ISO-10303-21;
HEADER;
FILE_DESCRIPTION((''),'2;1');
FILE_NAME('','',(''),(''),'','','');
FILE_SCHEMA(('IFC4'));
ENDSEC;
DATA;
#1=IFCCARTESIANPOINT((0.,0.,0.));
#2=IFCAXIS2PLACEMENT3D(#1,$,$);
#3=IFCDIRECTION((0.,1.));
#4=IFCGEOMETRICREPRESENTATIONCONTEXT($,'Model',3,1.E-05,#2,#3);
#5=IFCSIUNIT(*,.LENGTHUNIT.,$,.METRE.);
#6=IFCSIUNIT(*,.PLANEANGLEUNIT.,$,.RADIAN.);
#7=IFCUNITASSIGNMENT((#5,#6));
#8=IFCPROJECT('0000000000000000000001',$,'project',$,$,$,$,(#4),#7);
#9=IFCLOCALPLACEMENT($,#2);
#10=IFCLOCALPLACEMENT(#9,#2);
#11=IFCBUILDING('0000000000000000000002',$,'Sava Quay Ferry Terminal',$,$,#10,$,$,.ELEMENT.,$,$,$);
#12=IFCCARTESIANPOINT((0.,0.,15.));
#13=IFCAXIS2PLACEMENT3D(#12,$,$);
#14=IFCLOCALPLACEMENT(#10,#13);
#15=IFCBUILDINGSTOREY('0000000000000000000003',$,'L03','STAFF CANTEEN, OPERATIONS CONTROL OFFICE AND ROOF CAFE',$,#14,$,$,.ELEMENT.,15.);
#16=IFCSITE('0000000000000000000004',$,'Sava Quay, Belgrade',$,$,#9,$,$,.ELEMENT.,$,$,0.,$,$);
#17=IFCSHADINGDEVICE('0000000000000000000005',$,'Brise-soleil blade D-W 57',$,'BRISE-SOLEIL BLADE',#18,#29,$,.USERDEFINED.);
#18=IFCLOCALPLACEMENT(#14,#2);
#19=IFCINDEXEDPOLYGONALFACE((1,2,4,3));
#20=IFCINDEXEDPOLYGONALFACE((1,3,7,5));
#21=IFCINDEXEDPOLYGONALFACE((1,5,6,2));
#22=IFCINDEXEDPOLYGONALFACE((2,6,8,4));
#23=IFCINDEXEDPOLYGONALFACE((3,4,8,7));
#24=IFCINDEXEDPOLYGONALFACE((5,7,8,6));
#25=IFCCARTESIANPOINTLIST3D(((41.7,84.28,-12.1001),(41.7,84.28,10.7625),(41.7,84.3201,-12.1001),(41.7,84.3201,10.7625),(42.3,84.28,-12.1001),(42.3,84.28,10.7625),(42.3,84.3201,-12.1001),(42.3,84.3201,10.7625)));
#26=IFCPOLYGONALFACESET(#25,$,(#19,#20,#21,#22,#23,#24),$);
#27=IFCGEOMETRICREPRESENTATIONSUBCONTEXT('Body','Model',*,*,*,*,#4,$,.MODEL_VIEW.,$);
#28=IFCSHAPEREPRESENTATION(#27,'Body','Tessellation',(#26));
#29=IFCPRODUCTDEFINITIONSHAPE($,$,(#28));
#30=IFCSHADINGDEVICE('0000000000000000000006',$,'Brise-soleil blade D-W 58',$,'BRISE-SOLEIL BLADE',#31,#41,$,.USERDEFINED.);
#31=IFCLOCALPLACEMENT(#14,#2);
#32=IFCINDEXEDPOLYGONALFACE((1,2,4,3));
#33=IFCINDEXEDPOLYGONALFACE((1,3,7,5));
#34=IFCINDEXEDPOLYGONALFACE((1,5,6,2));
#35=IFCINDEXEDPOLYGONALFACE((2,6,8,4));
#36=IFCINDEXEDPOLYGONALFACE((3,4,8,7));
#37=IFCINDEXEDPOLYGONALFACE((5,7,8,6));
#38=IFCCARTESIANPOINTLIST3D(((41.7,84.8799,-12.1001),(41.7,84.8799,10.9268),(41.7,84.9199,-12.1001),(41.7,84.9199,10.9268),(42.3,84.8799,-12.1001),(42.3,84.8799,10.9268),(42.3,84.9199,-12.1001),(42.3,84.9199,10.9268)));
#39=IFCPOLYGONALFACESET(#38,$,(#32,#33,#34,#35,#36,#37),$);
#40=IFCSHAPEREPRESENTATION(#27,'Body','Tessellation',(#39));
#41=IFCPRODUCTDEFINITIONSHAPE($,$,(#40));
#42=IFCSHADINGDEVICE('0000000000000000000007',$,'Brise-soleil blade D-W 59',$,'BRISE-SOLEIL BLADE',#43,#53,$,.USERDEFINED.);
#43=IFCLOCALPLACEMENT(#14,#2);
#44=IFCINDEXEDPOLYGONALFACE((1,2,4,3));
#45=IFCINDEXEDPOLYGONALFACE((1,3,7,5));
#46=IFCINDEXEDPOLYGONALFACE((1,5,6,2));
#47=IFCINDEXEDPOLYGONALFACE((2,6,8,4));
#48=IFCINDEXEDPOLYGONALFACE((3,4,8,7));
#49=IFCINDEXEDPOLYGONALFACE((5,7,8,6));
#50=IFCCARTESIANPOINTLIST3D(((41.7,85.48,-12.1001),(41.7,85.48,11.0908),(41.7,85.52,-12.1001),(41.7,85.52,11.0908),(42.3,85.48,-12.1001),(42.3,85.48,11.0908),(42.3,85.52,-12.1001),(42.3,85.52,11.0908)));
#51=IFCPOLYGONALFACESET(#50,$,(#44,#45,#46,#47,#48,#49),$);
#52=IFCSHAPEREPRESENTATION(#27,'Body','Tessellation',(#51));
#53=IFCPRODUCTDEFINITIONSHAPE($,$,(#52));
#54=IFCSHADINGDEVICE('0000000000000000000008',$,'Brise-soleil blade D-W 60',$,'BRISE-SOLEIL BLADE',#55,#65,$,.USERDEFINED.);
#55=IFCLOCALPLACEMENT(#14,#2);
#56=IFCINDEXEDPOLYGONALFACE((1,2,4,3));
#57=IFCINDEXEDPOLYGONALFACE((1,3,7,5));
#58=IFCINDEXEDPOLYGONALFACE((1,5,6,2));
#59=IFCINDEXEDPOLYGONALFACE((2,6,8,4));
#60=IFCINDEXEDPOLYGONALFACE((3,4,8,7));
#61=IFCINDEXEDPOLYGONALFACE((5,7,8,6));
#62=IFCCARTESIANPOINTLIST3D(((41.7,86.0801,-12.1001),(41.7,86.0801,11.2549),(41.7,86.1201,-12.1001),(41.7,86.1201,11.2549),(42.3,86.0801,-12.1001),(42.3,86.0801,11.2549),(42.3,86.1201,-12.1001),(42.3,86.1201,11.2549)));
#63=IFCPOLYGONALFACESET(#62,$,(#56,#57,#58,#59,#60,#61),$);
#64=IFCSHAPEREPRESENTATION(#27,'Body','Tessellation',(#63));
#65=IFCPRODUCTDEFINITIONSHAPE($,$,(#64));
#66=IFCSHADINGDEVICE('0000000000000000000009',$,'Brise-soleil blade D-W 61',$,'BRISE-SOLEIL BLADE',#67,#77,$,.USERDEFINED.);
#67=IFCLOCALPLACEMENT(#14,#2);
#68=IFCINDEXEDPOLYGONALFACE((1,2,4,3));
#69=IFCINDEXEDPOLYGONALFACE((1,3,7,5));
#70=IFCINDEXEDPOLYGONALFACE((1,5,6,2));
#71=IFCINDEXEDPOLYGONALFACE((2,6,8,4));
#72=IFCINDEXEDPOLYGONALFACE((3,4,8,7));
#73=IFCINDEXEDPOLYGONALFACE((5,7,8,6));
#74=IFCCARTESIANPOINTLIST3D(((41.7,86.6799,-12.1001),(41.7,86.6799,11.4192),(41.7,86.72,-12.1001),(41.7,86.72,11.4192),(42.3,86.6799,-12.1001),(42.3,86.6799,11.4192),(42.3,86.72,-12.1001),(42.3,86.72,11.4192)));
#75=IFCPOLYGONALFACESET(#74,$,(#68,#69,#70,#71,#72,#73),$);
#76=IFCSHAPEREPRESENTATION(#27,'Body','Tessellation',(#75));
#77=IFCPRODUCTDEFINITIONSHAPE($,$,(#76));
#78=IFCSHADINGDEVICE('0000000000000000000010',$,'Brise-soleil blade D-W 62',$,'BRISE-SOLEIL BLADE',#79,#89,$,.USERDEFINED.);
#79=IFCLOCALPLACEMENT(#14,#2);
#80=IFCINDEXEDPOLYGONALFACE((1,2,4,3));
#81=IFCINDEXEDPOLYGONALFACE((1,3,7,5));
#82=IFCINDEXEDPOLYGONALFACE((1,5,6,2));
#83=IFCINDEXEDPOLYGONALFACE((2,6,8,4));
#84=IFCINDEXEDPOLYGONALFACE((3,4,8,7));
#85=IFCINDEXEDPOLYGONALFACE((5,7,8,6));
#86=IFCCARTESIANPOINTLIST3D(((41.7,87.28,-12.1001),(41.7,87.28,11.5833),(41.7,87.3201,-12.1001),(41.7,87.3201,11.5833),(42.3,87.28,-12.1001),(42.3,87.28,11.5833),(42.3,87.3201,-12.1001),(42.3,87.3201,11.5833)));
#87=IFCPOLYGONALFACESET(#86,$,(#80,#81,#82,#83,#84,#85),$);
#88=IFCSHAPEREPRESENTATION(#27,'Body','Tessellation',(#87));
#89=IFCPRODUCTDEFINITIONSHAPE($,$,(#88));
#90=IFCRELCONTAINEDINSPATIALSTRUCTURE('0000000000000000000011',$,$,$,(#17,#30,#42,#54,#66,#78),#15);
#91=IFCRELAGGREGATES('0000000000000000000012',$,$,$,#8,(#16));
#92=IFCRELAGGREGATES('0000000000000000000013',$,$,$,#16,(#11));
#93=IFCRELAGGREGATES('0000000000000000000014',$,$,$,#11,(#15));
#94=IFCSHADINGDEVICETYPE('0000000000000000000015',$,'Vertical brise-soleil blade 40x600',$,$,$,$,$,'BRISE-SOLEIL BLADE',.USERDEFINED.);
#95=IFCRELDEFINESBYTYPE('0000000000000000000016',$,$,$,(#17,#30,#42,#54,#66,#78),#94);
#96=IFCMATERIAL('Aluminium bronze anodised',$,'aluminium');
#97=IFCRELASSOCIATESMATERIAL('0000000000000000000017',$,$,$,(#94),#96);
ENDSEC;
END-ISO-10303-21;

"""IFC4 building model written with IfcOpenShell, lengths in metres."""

from ifc_helpers import new_model, si_unit, direction, frame, origin, origin_2d, place, context, subcontext, project, spatial, rectangle, extrude, material, material_profile, profile_set, type_object, element, save


model = new_model("IFC4")

# Units and contexts
model_context = context("Model", 3, precision=1e-05, world=origin(), true_north=direction((0.0, 1.0)))
body_context = subcontext(model_context, "Body", "Model", "MODEL_VIEW")
ifc_project = project(units=[si_unit("LENGTHUNIT", "METRE"), si_unit("PLANEANGLEUNIT", "RADIAN")], contexts=[model_context])

# Site, building, storey
site_placement = place(None, origin())
site = spatial("IfcSite", under=ifc_project, at=site_placement, Name="Sava Quay, Belgrade", CompositionType="ELEMENT", RefElevation=0.0)
building_placement = place(site_placement, origin())
building = spatial("IfcBuilding", under=site, at=building_placement, Name="Sava Quay Ferry Terminal", CompositionType="ELEMENT")
storey_placement = place(building_placement, frame((0.0, 0.0, 15.0)))
storey = spatial("IfcBuildingStorey", under=building, at=storey_placement, Name="L03", Description="STAFF CANTEEN, OPERATIONS CONTROL OFFICE AND ROOF CAFE", CompositionType="ELEMENT", Elevation=15.0)

# Shading devices
ifc_material_1 = material(Name="Aluminium bronze anodised", Category="aluminium")
ifc_material_profile_1 = material_profile(ifc_material_1, rectangle(XDim=0.04, YDim=0.6001, at=origin_2d()), Name="Vertical brise-soleil blade 40x600")
ifc_profile_set_1 = profile_set([ifc_material_profile_1], Name="Aluminium bronze anodised")
shading_device_type = type_object("IfcShadingDeviceType", Name="Vertical brise-soleil blade 40x600", ElementType="BRISE-SOLEIL BLADE", PredefinedType="USERDEFINED", material=ifc_profile_set_1)
shading_device_1_placement = place(storey_placement, frame((42.0, 84.3, -12.1001), z_axis=(0.0, 0.0, 1.0), x_axis=(0.0, 1.0, 0.0)))
element("IfcShadingDevice", 1, at=shading_device_1_placement, inside=storey, type_object=shading_device_type, Name="Brise-soleil blade D-W 57", ObjectType="BRISE-SOLEIL BLADE", PredefinedType="USERDEFINED", context=body_context, shape_type="SweptSolid", body=[
    extrude(rectangle(XDim=0.04, YDim=0.6001, at=origin_2d()), origin(), (0.0, 0.0, 1.0), 22.8625),
])
shading_device_2_placement = place(storey_placement, frame((42.0, 84.8999, -12.1001), z_axis=(0.0, 0.0, 1.0), x_axis=(0.0, 1.0, 0.0)))
element("IfcShadingDevice", 2, at=shading_device_2_placement, inside=storey, type_object=shading_device_type, Name="Brise-soleil blade D-W 58", ObjectType="BRISE-SOLEIL BLADE", PredefinedType="USERDEFINED", context=body_context, shape_type="SweptSolid", body=[
    extrude(rectangle(XDim=0.04, YDim=0.6001, at=origin_2d()), origin(), (0.0, 0.0, 1.0), 23.0269),
])
shading_device_3_placement = place(storey_placement, frame((42.0, 85.5, -12.1001), z_axis=(0.0, 0.0, 1.0), x_axis=(0.0, 1.0, 0.0)))
element("IfcShadingDevice", 3, at=shading_device_3_placement, inside=storey, type_object=shading_device_type, Name="Brise-soleil blade D-W 59", ObjectType="BRISE-SOLEIL BLADE", PredefinedType="USERDEFINED", context=body_context, shape_type="SweptSolid", body=[
    extrude(rectangle(XDim=0.04, YDim=0.6001, at=origin_2d()), origin(), (0.0, 0.0, 1.0), 23.1909),
])
shading_device_4_placement = place(storey_placement, frame((42.0, 86.1001, -12.1001), z_axis=(0.0, 0.0, 1.0), x_axis=(0.0, 1.0, 0.0)))
element("IfcShadingDevice", 4, at=shading_device_4_placement, inside=storey, type_object=shading_device_type, Name="Brise-soleil blade D-W 60", ObjectType="BRISE-SOLEIL BLADE", PredefinedType="USERDEFINED", context=body_context, shape_type="SweptSolid", body=[
    extrude(rectangle(XDim=0.04, YDim=0.6001, at=origin_2d()), origin(), (0.0, 0.0, 1.0), 23.355),
])
shading_device_5_placement = place(storey_placement, frame((42.0, 86.7, -12.1001), z_axis=(0.0, 0.0, 1.0), x_axis=(0.0, 1.0, 0.0)))
element("IfcShadingDevice", 5, at=shading_device_5_placement, inside=storey, type_object=shading_device_type, Name="Brise-soleil blade D-W 61", ObjectType="BRISE-SOLEIL BLADE", PredefinedType="USERDEFINED", context=body_context, shape_type="SweptSolid", body=[
    extrude(rectangle(XDim=0.04, YDim=0.6001, at=origin_2d()), origin(), (0.0, 0.0, 1.0), 23.5193),
])
shading_device_6_placement = place(storey_placement, frame((42.0, 87.3, -12.1001), z_axis=(0.0, 0.0, 1.0), x_axis=(0.0, 1.0, 0.0)))
element("IfcShadingDevice", 6, at=shading_device_6_placement, inside=storey, type_object=shading_device_type, Name="Brise-soleil blade D-W 62", ObjectType="BRISE-SOLEIL BLADE", PredefinedType="USERDEFINED", context=body_context, shape_type="SweptSolid", body=[
    extrude(rectangle(XDim=0.04, YDim=0.6001, at=origin_2d()), origin(), (0.0, 0.0, 1.0), 23.6833),
])

save(model, "model.ifc")
